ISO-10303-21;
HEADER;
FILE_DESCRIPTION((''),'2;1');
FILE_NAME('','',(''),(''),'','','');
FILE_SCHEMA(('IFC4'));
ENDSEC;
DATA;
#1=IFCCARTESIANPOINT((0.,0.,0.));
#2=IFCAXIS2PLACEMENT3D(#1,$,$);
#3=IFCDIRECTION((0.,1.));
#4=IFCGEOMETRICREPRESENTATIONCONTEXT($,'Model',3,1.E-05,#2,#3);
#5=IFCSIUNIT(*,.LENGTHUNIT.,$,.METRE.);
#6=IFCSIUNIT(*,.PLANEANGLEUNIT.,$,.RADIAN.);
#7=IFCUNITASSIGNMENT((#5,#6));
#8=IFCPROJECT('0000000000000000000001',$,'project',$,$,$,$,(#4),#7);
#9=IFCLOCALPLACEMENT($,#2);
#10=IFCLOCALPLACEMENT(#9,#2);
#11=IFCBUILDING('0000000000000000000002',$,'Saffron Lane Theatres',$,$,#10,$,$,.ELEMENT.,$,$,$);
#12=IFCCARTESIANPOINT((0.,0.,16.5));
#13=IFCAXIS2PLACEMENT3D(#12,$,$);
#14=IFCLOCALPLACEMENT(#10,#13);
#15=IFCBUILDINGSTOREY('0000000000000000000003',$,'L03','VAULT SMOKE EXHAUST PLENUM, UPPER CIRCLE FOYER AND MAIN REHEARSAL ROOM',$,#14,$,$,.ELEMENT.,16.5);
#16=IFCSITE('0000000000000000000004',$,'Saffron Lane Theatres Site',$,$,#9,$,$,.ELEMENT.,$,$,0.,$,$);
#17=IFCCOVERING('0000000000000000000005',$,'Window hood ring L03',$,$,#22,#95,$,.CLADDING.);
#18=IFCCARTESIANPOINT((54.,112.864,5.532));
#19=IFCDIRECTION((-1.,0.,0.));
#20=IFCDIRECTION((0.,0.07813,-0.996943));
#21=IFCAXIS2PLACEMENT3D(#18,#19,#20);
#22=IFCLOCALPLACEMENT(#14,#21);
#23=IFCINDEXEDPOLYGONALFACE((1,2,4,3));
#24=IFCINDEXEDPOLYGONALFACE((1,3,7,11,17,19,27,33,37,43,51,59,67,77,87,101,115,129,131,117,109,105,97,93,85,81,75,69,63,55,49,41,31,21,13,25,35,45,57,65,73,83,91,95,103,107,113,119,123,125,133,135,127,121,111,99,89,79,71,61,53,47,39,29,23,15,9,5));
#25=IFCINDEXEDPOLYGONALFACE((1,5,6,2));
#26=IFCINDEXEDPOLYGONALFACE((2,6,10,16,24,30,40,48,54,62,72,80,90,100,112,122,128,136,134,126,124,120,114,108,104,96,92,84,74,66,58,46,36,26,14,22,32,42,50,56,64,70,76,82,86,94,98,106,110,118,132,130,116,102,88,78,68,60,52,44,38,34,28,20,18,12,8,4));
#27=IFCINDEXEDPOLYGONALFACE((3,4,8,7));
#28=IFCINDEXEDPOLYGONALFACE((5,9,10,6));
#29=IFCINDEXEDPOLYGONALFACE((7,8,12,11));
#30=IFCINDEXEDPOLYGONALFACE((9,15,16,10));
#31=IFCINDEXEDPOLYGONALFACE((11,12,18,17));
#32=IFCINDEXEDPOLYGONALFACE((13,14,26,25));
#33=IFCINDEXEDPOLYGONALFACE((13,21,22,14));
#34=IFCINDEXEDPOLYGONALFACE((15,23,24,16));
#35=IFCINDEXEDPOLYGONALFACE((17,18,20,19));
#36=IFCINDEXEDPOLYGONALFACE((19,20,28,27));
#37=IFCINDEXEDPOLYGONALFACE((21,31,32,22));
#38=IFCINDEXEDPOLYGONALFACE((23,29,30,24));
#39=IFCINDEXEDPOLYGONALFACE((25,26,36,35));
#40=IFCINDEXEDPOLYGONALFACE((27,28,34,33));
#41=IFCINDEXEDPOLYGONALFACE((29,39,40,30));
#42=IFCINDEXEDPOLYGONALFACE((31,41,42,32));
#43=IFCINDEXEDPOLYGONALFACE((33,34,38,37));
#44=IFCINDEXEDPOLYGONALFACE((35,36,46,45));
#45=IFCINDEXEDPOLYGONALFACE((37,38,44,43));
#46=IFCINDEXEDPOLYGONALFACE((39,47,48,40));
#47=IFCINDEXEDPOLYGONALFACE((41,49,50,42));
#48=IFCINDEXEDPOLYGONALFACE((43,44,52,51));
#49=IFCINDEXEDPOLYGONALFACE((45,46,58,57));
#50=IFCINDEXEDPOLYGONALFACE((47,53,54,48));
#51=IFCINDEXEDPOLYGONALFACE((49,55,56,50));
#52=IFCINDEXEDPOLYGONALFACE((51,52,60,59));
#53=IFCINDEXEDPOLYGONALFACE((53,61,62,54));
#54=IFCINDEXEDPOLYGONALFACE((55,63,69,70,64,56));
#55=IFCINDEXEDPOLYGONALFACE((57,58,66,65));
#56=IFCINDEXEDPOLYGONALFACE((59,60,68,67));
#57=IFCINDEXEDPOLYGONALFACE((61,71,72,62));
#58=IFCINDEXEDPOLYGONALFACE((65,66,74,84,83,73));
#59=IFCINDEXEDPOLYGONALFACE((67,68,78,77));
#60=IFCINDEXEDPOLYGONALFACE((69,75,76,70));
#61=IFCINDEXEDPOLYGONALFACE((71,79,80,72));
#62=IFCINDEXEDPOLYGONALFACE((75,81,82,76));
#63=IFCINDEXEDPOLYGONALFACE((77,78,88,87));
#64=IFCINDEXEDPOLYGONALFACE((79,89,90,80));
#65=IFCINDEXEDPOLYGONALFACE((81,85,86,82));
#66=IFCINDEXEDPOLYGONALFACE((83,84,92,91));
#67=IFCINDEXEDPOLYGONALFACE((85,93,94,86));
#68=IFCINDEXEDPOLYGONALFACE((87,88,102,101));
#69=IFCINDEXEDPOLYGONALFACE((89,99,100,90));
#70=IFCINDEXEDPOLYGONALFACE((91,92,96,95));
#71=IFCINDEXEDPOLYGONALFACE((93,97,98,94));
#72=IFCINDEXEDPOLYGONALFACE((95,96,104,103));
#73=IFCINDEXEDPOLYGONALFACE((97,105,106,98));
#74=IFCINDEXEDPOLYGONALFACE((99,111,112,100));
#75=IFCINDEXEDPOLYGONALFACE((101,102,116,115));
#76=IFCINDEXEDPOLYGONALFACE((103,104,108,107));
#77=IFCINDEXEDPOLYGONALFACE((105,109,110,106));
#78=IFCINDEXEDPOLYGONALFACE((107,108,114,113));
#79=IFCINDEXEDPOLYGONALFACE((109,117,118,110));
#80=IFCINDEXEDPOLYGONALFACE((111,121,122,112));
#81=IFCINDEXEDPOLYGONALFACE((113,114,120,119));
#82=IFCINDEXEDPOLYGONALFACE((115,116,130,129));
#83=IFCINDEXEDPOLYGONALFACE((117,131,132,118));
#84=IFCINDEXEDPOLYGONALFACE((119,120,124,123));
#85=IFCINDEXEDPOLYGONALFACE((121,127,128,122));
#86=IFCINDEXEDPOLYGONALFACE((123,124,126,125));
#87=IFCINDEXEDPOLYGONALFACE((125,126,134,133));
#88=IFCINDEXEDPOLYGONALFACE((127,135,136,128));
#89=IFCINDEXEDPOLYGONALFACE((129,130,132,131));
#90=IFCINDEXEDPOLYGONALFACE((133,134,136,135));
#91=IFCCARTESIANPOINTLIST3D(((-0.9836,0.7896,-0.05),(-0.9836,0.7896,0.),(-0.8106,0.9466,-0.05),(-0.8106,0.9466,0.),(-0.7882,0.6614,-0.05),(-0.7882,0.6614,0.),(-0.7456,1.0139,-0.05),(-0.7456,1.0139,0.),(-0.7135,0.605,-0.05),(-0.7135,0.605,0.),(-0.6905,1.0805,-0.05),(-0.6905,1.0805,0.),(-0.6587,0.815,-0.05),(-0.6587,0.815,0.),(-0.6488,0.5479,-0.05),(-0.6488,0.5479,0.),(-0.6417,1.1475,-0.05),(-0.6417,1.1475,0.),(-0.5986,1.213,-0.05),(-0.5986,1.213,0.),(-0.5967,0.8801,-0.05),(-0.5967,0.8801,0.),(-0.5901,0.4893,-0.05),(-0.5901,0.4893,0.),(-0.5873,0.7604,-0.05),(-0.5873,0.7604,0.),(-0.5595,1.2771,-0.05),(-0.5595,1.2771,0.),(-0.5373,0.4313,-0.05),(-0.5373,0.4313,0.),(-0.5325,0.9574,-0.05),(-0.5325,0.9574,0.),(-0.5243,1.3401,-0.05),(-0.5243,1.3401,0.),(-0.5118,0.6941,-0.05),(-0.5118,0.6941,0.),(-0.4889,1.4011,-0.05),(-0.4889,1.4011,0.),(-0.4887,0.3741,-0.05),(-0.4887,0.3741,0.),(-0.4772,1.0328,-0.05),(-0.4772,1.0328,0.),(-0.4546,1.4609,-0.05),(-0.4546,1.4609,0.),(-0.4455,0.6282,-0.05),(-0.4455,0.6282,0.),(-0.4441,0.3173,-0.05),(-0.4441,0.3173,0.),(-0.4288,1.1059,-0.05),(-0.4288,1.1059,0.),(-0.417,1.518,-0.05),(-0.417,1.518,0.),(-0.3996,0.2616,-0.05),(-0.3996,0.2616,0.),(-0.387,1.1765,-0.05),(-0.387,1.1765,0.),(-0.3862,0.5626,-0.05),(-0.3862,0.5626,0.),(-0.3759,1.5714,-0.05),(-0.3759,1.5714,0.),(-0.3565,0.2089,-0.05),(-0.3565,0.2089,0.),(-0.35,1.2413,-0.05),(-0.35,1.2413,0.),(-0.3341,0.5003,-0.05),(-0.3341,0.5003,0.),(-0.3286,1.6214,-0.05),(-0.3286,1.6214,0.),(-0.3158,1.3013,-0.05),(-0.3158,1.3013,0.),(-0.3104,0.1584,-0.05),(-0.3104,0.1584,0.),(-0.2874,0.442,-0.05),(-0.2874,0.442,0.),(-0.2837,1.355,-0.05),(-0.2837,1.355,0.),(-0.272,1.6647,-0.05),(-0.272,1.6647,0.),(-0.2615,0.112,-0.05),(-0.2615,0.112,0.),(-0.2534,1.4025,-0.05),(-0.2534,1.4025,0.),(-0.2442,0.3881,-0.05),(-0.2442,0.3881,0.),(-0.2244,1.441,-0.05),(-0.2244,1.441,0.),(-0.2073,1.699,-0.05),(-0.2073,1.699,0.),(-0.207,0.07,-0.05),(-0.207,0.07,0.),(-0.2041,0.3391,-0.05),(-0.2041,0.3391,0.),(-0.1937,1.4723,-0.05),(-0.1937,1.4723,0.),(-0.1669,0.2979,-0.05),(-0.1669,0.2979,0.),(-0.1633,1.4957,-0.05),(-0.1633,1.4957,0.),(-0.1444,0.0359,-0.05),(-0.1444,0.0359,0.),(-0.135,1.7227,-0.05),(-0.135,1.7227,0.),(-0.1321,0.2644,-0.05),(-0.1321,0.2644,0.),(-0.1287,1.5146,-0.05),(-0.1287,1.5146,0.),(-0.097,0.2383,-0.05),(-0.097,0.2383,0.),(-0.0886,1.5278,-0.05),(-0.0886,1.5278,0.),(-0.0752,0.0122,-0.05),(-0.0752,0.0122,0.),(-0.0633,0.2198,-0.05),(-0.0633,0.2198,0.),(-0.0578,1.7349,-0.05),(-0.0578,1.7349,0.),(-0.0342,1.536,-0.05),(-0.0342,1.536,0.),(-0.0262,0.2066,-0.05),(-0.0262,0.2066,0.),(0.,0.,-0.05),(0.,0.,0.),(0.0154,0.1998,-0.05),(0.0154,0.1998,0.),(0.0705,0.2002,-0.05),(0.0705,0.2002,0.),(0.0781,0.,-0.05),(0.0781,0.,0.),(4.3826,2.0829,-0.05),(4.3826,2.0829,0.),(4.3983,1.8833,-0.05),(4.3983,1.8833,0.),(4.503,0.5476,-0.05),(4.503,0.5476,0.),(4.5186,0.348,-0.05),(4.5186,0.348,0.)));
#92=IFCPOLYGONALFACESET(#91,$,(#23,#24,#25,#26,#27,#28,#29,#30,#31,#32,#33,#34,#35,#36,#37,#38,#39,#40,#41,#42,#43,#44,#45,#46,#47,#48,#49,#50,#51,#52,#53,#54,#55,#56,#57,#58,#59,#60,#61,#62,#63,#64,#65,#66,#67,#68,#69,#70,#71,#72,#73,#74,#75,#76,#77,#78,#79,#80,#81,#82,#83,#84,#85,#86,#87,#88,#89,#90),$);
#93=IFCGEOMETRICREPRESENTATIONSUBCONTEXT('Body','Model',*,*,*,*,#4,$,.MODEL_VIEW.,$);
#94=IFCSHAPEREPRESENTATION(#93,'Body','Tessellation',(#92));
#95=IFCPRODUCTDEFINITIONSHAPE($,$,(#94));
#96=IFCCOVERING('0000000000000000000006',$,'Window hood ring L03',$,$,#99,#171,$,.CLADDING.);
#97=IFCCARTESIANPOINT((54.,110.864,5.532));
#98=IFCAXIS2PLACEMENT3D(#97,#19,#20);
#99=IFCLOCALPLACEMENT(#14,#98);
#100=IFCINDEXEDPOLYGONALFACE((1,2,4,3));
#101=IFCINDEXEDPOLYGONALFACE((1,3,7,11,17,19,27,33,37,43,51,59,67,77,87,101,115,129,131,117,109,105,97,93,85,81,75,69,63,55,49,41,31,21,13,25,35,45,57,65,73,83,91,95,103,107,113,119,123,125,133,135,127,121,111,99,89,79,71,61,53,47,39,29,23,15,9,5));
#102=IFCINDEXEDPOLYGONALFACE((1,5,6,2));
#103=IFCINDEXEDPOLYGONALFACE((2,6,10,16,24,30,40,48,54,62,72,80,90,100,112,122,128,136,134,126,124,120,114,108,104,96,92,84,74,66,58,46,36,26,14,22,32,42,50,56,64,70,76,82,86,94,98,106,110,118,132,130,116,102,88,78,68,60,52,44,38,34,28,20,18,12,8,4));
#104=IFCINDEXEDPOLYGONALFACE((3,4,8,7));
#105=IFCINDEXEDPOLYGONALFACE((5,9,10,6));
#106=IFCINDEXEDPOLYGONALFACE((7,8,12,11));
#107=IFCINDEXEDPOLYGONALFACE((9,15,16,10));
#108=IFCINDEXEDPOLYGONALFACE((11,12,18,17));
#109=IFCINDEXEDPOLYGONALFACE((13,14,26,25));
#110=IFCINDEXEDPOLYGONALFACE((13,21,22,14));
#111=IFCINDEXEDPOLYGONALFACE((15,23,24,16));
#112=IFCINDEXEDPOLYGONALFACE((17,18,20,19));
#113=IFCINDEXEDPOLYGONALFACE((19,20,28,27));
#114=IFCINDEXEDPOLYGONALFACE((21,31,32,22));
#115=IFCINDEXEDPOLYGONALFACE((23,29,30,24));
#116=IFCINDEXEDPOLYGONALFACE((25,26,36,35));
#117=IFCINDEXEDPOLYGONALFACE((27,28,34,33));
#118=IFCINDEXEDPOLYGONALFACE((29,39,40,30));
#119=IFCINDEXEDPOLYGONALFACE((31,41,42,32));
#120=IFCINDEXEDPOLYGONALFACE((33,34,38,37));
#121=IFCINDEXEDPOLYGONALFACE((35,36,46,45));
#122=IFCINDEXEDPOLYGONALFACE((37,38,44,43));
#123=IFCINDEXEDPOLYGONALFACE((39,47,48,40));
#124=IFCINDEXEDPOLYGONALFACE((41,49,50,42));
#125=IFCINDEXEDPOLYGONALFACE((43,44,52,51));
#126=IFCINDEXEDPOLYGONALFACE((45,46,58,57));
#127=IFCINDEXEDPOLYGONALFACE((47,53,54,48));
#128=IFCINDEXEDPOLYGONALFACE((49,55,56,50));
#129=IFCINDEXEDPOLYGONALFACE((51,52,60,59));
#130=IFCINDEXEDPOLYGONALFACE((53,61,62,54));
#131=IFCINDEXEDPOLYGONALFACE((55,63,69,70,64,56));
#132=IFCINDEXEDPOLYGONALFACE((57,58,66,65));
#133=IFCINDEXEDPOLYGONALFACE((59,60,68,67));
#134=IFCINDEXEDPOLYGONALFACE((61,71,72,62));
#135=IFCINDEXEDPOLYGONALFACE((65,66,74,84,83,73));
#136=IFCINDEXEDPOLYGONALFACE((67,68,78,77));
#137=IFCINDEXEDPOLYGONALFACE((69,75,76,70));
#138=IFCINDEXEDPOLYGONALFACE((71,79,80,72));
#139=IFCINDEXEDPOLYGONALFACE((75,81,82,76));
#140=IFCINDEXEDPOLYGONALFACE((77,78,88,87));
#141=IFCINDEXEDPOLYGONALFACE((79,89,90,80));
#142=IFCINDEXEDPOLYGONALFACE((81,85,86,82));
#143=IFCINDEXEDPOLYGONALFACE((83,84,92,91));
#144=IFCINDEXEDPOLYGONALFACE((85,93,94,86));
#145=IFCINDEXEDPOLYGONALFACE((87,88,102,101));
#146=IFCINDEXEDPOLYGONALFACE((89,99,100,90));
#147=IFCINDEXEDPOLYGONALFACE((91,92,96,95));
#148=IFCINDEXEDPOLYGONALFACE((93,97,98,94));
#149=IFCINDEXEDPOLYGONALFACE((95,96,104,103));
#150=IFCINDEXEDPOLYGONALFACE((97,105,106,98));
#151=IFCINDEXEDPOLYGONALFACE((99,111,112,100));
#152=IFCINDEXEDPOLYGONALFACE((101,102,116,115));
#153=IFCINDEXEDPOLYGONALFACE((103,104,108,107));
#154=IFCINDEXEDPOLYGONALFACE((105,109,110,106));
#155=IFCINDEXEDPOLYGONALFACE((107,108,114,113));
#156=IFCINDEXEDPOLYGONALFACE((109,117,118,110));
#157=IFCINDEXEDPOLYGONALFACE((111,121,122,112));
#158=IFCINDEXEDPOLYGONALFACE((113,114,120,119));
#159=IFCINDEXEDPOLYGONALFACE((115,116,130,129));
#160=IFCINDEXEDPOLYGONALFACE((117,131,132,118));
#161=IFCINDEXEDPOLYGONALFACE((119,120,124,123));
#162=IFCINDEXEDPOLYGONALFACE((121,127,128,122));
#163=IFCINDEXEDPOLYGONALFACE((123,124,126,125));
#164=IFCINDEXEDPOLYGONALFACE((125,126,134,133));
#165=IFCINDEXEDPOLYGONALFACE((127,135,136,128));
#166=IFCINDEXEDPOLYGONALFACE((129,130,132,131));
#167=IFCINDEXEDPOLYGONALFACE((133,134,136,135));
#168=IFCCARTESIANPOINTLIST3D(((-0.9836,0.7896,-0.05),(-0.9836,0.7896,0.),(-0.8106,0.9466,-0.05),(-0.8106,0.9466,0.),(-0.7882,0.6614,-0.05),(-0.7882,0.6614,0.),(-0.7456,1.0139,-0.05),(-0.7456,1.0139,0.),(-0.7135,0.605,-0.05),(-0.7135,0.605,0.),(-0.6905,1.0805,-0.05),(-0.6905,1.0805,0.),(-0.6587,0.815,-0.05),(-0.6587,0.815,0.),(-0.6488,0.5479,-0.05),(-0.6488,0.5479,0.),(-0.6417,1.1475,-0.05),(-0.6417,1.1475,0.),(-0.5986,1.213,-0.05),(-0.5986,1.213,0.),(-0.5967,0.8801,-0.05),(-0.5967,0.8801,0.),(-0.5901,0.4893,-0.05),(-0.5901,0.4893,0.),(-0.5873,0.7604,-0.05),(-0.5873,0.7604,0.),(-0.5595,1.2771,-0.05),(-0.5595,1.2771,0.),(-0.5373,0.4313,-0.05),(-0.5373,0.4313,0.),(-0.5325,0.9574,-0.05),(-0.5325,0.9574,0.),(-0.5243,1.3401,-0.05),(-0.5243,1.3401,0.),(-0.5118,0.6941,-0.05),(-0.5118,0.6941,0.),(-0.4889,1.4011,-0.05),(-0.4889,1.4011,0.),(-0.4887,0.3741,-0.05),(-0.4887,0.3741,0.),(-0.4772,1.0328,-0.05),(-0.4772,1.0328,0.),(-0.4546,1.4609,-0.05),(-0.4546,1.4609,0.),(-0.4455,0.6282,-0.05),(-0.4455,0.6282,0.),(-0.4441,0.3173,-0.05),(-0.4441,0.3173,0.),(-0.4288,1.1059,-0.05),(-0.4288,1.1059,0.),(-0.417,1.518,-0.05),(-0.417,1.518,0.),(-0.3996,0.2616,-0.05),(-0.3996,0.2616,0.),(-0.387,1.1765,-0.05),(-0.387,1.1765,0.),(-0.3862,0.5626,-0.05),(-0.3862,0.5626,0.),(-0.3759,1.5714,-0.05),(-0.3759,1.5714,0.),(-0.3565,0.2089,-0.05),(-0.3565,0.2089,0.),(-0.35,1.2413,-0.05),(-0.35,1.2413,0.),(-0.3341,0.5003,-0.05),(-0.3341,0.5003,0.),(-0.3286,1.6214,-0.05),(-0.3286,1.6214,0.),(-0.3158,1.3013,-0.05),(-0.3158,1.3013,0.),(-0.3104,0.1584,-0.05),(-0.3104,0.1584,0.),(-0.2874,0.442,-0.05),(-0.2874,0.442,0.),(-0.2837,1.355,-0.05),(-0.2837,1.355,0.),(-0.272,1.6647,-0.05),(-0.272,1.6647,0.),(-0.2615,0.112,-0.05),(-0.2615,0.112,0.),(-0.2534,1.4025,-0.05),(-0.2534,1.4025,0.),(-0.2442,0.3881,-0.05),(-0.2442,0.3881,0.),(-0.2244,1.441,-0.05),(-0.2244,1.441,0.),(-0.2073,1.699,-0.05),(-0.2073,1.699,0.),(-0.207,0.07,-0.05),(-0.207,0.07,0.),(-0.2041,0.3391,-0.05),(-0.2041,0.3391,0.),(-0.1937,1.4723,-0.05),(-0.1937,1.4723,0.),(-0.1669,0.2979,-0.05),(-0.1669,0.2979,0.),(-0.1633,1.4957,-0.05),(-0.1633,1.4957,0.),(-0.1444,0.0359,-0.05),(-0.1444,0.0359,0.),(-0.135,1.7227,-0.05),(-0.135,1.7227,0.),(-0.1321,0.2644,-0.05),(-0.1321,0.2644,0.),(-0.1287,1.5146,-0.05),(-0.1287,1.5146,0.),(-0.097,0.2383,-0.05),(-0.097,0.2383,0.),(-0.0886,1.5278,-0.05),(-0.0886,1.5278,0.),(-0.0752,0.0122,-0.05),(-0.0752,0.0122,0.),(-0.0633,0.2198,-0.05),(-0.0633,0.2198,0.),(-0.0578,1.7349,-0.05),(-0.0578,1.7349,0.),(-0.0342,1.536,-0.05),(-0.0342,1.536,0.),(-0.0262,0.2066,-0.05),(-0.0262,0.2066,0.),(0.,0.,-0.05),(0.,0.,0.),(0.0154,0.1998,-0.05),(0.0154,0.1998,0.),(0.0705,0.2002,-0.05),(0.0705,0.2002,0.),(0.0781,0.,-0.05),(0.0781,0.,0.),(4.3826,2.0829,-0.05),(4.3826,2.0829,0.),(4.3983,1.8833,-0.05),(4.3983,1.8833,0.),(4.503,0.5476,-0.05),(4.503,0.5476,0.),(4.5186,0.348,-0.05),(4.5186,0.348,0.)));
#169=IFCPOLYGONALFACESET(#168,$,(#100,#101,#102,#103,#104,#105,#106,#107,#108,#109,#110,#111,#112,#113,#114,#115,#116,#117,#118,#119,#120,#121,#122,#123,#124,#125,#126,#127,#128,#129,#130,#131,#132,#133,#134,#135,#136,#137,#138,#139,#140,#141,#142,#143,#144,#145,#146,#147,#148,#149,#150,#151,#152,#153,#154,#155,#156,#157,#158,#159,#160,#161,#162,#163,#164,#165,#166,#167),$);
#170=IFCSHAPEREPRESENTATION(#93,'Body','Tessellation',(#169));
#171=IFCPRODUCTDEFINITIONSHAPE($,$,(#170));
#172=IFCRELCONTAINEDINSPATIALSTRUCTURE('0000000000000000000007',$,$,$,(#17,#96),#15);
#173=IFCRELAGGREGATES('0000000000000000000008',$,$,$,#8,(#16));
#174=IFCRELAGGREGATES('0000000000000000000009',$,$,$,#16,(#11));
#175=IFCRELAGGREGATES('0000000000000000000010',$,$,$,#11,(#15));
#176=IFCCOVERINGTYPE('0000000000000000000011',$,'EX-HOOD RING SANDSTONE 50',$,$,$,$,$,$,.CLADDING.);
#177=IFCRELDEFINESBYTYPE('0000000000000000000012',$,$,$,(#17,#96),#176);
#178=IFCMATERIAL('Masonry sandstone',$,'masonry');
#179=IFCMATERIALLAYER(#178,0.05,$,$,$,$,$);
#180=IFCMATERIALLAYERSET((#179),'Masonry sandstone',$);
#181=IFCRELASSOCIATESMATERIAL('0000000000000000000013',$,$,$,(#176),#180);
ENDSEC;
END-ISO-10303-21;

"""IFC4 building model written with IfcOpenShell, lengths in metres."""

from ifc_helpers import new_model, si_unit, direction, frame, origin, place, context, subcontext, project, spatial, polyline, outline, extrude, material, layer, layer_set, type_object, element, save


model = new_model("IFC4")

# Units and contexts
model_context = context("Model", 3, precision=1e-05, world=origin(), true_north=direction((0.0, 1.0)))
body_context = subcontext(model_context, "Body", "Model", "MODEL_VIEW")
ifc_project = project(units=[si_unit("LENGTHUNIT", "METRE"), si_unit("PLANEANGLEUNIT", "RADIAN")], contexts=[model_context])

# Site, building, storey
site_placement = place(None, origin())
site = spatial("IfcSite", under=ifc_project, at=site_placement, Name="Saffron Lane Theatres Site", CompositionType="ELEMENT", RefElevation=0.0)
building_placement = place(site_placement, origin())
building = spatial("IfcBuilding", under=site, at=building_placement, Name="Saffron Lane Theatres", CompositionType="ELEMENT")
storey_placement = place(building_placement, frame((0.0, 0.0, 16.5)))
storey = spatial("IfcBuildingStorey", under=building, at=storey_placement, Name="L03", Description="VAULT SMOKE EXHAUST PLENUM, UPPER CIRCLE FOYER AND MAIN REHEARSAL ROOM", CompositionType="ELEMENT", Elevation=16.5)

# Coverings
ifc_material_1 = material(Name="Masonry sandstone", Category="masonry")
ifc_layer_1 = layer(ifc_material_1, 0.05)
ifc_layer_set_1 = layer_set([ifc_layer_1], Name="Masonry sandstone")
covering_type_1 = type_object("IfcCoveringType", Name="EX-HOOD RING SANDSTONE 50", PredefinedType="CLADDING", material=ifc_layer_set_1)
covering_1_placement = place(storey_placement, frame((54.0, 112.864, 5.532), z_axis=(-1.0, 0.0, 0.0), x_axis=(0.0, 0.07813, -0.996943)))
element("IfcCovering", 1, at=covering_1_placement, inside=storey, type_object=covering_type_1, Name="Window hood ring L03", PredefinedType="CLADDING", context=body_context, shape_type="SweptSolid", body=[
    extrude(outline(polyline([(0.0, 0.0), (0.0781, 0.0), (4.5186, 0.348), (4.503, 0.5476), (0.0705, 0.2002), (0.0154, 0.1998), (-0.0262, 0.2066), (-0.0633, 0.2198), (-0.097, 0.2383), (-0.1321, 0.2644), (-0.1669, 0.2979), (-0.2041, 0.3391), (-0.2442, 0.3881), (-0.2874, 0.442), (-0.3341, 0.5003), (-0.3862, 0.5626), (-0.4455, 0.6282), (-0.5118, 0.6941), (-0.5873, 0.7604), (-0.6587, 0.815), (-0.5967, 0.8801), (-0.5325, 0.9574), (-0.4772, 1.0328), (-0.4288, 1.1059), (-0.387, 1.1765), (-0.35, 1.2413), (-0.3158, 1.3013), (-0.2837, 1.355), (-0.2534, 1.4025), (-0.2244, 1.441), (-0.1937, 1.4723), (-0.1633, 1.4957), (-0.1287, 1.5146), (-0.0886, 1.5278), (-0.0342, 1.536), (4.3983, 1.8833), (4.3826, 2.0829), (-0.0578, 1.7349), (-0.135, 1.7227), (-0.2073, 1.699), (-0.272, 1.6647), (-0.3286, 1.6214), (-0.3759, 1.5714), (-0.417, 1.518), (-0.4546, 1.4609), (-0.4889, 1.4011), (-0.5243, 1.3401), (-0.5595, 1.2771), (-0.5986, 1.213), (-0.6417, 1.1475), (-0.6905, 1.0805), (-0.7456, 1.0139), (-0.8106, 0.9466), (-0.9836, 0.7896), (-0.7882, 0.6614), (-0.7135, 0.605), (-0.6488, 0.5479), (-0.5901, 0.4893), (-0.5373, 0.4313), (-0.4887, 0.3741), (-0.4441, 0.3173), (-0.3996, 0.2616), (-0.3565, 0.2089), (-0.3104, 0.1584), (-0.2615, 0.112), (-0.207, 0.07), (-0.1444, 0.0359), (-0.0752, 0.0122), (0.0, 0.0)])), origin(), (0.0, 0.0, -1.0), 0.05),
])
covering_2_placement = place(storey_placement, frame((54.0, 110.864, 5.532), z_axis=(-1.0, 0.0, 0.0), x_axis=(0.0, 0.07813, -0.996943)))
element("IfcCovering", 2, at=covering_2_placement, inside=storey, type_object=covering_type_1, Name="Window hood ring L03", PredefinedType="CLADDING", context=body_context, shape_type="SweptSolid", body=[
    extrude(outline(polyline([(0.0, 0.0), (0.0781, 0.0), (4.5186, 0.348), (4.503, 0.5476), (0.0705, 0.2002), (0.0154, 0.1998), (-0.0262, 0.2066), (-0.0633, 0.2198), (-0.097, 0.2383), (-0.1321, 0.2644), (-0.1669, 0.2979), (-0.2041, 0.3391), (-0.2442, 0.3881), (-0.2874, 0.442), (-0.3341, 0.5003), (-0.3862, 0.5626), (-0.4455, 0.6282), (-0.5118, 0.6941), (-0.5873, 0.7604), (-0.6587, 0.815), (-0.5967, 0.8801), (-0.5325, 0.9574), (-0.4772, 1.0328), (-0.4288, 1.1059), (-0.387, 1.1765), (-0.35, 1.2413), (-0.3158, 1.3013), (-0.2837, 1.355), (-0.2534, 1.4025), (-0.2244, 1.441), (-0.1937, 1.4723), (-0.1633, 1.4957), (-0.1287, 1.5146), (-0.0886, 1.5278), (-0.0342, 1.536), (4.3983, 1.8833), (4.3826, 2.0829), (-0.0578, 1.7349), (-0.135, 1.7227), (-0.2073, 1.699), (-0.272, 1.6647), (-0.3286, 1.6214), (-0.3759, 1.5714), (-0.417, 1.518), (-0.4546, 1.4609), (-0.4889, 1.4011), (-0.5243, 1.3401), (-0.5595, 1.2771), (-0.5986, 1.213), (-0.6417, 1.1475), (-0.6905, 1.0805), (-0.7456, 1.0139), (-0.8106, 0.9466), (-0.9836, 0.7896), (-0.7882, 0.6614), (-0.7135, 0.605), (-0.6488, 0.5479), (-0.5901, 0.4893), (-0.5373, 0.4313), (-0.4887, 0.3741), (-0.4441, 0.3173), (-0.3996, 0.2616), (-0.3565, 0.2089), (-0.3104, 0.1584), (-0.2615, 0.112), (-0.207, 0.07), (-0.1444, 0.0359), (-0.0752, 0.0122), (0.0, 0.0)])), origin(), (0.0, 0.0, -1.0), 0.05),
])

save(model, "model.ifc")
